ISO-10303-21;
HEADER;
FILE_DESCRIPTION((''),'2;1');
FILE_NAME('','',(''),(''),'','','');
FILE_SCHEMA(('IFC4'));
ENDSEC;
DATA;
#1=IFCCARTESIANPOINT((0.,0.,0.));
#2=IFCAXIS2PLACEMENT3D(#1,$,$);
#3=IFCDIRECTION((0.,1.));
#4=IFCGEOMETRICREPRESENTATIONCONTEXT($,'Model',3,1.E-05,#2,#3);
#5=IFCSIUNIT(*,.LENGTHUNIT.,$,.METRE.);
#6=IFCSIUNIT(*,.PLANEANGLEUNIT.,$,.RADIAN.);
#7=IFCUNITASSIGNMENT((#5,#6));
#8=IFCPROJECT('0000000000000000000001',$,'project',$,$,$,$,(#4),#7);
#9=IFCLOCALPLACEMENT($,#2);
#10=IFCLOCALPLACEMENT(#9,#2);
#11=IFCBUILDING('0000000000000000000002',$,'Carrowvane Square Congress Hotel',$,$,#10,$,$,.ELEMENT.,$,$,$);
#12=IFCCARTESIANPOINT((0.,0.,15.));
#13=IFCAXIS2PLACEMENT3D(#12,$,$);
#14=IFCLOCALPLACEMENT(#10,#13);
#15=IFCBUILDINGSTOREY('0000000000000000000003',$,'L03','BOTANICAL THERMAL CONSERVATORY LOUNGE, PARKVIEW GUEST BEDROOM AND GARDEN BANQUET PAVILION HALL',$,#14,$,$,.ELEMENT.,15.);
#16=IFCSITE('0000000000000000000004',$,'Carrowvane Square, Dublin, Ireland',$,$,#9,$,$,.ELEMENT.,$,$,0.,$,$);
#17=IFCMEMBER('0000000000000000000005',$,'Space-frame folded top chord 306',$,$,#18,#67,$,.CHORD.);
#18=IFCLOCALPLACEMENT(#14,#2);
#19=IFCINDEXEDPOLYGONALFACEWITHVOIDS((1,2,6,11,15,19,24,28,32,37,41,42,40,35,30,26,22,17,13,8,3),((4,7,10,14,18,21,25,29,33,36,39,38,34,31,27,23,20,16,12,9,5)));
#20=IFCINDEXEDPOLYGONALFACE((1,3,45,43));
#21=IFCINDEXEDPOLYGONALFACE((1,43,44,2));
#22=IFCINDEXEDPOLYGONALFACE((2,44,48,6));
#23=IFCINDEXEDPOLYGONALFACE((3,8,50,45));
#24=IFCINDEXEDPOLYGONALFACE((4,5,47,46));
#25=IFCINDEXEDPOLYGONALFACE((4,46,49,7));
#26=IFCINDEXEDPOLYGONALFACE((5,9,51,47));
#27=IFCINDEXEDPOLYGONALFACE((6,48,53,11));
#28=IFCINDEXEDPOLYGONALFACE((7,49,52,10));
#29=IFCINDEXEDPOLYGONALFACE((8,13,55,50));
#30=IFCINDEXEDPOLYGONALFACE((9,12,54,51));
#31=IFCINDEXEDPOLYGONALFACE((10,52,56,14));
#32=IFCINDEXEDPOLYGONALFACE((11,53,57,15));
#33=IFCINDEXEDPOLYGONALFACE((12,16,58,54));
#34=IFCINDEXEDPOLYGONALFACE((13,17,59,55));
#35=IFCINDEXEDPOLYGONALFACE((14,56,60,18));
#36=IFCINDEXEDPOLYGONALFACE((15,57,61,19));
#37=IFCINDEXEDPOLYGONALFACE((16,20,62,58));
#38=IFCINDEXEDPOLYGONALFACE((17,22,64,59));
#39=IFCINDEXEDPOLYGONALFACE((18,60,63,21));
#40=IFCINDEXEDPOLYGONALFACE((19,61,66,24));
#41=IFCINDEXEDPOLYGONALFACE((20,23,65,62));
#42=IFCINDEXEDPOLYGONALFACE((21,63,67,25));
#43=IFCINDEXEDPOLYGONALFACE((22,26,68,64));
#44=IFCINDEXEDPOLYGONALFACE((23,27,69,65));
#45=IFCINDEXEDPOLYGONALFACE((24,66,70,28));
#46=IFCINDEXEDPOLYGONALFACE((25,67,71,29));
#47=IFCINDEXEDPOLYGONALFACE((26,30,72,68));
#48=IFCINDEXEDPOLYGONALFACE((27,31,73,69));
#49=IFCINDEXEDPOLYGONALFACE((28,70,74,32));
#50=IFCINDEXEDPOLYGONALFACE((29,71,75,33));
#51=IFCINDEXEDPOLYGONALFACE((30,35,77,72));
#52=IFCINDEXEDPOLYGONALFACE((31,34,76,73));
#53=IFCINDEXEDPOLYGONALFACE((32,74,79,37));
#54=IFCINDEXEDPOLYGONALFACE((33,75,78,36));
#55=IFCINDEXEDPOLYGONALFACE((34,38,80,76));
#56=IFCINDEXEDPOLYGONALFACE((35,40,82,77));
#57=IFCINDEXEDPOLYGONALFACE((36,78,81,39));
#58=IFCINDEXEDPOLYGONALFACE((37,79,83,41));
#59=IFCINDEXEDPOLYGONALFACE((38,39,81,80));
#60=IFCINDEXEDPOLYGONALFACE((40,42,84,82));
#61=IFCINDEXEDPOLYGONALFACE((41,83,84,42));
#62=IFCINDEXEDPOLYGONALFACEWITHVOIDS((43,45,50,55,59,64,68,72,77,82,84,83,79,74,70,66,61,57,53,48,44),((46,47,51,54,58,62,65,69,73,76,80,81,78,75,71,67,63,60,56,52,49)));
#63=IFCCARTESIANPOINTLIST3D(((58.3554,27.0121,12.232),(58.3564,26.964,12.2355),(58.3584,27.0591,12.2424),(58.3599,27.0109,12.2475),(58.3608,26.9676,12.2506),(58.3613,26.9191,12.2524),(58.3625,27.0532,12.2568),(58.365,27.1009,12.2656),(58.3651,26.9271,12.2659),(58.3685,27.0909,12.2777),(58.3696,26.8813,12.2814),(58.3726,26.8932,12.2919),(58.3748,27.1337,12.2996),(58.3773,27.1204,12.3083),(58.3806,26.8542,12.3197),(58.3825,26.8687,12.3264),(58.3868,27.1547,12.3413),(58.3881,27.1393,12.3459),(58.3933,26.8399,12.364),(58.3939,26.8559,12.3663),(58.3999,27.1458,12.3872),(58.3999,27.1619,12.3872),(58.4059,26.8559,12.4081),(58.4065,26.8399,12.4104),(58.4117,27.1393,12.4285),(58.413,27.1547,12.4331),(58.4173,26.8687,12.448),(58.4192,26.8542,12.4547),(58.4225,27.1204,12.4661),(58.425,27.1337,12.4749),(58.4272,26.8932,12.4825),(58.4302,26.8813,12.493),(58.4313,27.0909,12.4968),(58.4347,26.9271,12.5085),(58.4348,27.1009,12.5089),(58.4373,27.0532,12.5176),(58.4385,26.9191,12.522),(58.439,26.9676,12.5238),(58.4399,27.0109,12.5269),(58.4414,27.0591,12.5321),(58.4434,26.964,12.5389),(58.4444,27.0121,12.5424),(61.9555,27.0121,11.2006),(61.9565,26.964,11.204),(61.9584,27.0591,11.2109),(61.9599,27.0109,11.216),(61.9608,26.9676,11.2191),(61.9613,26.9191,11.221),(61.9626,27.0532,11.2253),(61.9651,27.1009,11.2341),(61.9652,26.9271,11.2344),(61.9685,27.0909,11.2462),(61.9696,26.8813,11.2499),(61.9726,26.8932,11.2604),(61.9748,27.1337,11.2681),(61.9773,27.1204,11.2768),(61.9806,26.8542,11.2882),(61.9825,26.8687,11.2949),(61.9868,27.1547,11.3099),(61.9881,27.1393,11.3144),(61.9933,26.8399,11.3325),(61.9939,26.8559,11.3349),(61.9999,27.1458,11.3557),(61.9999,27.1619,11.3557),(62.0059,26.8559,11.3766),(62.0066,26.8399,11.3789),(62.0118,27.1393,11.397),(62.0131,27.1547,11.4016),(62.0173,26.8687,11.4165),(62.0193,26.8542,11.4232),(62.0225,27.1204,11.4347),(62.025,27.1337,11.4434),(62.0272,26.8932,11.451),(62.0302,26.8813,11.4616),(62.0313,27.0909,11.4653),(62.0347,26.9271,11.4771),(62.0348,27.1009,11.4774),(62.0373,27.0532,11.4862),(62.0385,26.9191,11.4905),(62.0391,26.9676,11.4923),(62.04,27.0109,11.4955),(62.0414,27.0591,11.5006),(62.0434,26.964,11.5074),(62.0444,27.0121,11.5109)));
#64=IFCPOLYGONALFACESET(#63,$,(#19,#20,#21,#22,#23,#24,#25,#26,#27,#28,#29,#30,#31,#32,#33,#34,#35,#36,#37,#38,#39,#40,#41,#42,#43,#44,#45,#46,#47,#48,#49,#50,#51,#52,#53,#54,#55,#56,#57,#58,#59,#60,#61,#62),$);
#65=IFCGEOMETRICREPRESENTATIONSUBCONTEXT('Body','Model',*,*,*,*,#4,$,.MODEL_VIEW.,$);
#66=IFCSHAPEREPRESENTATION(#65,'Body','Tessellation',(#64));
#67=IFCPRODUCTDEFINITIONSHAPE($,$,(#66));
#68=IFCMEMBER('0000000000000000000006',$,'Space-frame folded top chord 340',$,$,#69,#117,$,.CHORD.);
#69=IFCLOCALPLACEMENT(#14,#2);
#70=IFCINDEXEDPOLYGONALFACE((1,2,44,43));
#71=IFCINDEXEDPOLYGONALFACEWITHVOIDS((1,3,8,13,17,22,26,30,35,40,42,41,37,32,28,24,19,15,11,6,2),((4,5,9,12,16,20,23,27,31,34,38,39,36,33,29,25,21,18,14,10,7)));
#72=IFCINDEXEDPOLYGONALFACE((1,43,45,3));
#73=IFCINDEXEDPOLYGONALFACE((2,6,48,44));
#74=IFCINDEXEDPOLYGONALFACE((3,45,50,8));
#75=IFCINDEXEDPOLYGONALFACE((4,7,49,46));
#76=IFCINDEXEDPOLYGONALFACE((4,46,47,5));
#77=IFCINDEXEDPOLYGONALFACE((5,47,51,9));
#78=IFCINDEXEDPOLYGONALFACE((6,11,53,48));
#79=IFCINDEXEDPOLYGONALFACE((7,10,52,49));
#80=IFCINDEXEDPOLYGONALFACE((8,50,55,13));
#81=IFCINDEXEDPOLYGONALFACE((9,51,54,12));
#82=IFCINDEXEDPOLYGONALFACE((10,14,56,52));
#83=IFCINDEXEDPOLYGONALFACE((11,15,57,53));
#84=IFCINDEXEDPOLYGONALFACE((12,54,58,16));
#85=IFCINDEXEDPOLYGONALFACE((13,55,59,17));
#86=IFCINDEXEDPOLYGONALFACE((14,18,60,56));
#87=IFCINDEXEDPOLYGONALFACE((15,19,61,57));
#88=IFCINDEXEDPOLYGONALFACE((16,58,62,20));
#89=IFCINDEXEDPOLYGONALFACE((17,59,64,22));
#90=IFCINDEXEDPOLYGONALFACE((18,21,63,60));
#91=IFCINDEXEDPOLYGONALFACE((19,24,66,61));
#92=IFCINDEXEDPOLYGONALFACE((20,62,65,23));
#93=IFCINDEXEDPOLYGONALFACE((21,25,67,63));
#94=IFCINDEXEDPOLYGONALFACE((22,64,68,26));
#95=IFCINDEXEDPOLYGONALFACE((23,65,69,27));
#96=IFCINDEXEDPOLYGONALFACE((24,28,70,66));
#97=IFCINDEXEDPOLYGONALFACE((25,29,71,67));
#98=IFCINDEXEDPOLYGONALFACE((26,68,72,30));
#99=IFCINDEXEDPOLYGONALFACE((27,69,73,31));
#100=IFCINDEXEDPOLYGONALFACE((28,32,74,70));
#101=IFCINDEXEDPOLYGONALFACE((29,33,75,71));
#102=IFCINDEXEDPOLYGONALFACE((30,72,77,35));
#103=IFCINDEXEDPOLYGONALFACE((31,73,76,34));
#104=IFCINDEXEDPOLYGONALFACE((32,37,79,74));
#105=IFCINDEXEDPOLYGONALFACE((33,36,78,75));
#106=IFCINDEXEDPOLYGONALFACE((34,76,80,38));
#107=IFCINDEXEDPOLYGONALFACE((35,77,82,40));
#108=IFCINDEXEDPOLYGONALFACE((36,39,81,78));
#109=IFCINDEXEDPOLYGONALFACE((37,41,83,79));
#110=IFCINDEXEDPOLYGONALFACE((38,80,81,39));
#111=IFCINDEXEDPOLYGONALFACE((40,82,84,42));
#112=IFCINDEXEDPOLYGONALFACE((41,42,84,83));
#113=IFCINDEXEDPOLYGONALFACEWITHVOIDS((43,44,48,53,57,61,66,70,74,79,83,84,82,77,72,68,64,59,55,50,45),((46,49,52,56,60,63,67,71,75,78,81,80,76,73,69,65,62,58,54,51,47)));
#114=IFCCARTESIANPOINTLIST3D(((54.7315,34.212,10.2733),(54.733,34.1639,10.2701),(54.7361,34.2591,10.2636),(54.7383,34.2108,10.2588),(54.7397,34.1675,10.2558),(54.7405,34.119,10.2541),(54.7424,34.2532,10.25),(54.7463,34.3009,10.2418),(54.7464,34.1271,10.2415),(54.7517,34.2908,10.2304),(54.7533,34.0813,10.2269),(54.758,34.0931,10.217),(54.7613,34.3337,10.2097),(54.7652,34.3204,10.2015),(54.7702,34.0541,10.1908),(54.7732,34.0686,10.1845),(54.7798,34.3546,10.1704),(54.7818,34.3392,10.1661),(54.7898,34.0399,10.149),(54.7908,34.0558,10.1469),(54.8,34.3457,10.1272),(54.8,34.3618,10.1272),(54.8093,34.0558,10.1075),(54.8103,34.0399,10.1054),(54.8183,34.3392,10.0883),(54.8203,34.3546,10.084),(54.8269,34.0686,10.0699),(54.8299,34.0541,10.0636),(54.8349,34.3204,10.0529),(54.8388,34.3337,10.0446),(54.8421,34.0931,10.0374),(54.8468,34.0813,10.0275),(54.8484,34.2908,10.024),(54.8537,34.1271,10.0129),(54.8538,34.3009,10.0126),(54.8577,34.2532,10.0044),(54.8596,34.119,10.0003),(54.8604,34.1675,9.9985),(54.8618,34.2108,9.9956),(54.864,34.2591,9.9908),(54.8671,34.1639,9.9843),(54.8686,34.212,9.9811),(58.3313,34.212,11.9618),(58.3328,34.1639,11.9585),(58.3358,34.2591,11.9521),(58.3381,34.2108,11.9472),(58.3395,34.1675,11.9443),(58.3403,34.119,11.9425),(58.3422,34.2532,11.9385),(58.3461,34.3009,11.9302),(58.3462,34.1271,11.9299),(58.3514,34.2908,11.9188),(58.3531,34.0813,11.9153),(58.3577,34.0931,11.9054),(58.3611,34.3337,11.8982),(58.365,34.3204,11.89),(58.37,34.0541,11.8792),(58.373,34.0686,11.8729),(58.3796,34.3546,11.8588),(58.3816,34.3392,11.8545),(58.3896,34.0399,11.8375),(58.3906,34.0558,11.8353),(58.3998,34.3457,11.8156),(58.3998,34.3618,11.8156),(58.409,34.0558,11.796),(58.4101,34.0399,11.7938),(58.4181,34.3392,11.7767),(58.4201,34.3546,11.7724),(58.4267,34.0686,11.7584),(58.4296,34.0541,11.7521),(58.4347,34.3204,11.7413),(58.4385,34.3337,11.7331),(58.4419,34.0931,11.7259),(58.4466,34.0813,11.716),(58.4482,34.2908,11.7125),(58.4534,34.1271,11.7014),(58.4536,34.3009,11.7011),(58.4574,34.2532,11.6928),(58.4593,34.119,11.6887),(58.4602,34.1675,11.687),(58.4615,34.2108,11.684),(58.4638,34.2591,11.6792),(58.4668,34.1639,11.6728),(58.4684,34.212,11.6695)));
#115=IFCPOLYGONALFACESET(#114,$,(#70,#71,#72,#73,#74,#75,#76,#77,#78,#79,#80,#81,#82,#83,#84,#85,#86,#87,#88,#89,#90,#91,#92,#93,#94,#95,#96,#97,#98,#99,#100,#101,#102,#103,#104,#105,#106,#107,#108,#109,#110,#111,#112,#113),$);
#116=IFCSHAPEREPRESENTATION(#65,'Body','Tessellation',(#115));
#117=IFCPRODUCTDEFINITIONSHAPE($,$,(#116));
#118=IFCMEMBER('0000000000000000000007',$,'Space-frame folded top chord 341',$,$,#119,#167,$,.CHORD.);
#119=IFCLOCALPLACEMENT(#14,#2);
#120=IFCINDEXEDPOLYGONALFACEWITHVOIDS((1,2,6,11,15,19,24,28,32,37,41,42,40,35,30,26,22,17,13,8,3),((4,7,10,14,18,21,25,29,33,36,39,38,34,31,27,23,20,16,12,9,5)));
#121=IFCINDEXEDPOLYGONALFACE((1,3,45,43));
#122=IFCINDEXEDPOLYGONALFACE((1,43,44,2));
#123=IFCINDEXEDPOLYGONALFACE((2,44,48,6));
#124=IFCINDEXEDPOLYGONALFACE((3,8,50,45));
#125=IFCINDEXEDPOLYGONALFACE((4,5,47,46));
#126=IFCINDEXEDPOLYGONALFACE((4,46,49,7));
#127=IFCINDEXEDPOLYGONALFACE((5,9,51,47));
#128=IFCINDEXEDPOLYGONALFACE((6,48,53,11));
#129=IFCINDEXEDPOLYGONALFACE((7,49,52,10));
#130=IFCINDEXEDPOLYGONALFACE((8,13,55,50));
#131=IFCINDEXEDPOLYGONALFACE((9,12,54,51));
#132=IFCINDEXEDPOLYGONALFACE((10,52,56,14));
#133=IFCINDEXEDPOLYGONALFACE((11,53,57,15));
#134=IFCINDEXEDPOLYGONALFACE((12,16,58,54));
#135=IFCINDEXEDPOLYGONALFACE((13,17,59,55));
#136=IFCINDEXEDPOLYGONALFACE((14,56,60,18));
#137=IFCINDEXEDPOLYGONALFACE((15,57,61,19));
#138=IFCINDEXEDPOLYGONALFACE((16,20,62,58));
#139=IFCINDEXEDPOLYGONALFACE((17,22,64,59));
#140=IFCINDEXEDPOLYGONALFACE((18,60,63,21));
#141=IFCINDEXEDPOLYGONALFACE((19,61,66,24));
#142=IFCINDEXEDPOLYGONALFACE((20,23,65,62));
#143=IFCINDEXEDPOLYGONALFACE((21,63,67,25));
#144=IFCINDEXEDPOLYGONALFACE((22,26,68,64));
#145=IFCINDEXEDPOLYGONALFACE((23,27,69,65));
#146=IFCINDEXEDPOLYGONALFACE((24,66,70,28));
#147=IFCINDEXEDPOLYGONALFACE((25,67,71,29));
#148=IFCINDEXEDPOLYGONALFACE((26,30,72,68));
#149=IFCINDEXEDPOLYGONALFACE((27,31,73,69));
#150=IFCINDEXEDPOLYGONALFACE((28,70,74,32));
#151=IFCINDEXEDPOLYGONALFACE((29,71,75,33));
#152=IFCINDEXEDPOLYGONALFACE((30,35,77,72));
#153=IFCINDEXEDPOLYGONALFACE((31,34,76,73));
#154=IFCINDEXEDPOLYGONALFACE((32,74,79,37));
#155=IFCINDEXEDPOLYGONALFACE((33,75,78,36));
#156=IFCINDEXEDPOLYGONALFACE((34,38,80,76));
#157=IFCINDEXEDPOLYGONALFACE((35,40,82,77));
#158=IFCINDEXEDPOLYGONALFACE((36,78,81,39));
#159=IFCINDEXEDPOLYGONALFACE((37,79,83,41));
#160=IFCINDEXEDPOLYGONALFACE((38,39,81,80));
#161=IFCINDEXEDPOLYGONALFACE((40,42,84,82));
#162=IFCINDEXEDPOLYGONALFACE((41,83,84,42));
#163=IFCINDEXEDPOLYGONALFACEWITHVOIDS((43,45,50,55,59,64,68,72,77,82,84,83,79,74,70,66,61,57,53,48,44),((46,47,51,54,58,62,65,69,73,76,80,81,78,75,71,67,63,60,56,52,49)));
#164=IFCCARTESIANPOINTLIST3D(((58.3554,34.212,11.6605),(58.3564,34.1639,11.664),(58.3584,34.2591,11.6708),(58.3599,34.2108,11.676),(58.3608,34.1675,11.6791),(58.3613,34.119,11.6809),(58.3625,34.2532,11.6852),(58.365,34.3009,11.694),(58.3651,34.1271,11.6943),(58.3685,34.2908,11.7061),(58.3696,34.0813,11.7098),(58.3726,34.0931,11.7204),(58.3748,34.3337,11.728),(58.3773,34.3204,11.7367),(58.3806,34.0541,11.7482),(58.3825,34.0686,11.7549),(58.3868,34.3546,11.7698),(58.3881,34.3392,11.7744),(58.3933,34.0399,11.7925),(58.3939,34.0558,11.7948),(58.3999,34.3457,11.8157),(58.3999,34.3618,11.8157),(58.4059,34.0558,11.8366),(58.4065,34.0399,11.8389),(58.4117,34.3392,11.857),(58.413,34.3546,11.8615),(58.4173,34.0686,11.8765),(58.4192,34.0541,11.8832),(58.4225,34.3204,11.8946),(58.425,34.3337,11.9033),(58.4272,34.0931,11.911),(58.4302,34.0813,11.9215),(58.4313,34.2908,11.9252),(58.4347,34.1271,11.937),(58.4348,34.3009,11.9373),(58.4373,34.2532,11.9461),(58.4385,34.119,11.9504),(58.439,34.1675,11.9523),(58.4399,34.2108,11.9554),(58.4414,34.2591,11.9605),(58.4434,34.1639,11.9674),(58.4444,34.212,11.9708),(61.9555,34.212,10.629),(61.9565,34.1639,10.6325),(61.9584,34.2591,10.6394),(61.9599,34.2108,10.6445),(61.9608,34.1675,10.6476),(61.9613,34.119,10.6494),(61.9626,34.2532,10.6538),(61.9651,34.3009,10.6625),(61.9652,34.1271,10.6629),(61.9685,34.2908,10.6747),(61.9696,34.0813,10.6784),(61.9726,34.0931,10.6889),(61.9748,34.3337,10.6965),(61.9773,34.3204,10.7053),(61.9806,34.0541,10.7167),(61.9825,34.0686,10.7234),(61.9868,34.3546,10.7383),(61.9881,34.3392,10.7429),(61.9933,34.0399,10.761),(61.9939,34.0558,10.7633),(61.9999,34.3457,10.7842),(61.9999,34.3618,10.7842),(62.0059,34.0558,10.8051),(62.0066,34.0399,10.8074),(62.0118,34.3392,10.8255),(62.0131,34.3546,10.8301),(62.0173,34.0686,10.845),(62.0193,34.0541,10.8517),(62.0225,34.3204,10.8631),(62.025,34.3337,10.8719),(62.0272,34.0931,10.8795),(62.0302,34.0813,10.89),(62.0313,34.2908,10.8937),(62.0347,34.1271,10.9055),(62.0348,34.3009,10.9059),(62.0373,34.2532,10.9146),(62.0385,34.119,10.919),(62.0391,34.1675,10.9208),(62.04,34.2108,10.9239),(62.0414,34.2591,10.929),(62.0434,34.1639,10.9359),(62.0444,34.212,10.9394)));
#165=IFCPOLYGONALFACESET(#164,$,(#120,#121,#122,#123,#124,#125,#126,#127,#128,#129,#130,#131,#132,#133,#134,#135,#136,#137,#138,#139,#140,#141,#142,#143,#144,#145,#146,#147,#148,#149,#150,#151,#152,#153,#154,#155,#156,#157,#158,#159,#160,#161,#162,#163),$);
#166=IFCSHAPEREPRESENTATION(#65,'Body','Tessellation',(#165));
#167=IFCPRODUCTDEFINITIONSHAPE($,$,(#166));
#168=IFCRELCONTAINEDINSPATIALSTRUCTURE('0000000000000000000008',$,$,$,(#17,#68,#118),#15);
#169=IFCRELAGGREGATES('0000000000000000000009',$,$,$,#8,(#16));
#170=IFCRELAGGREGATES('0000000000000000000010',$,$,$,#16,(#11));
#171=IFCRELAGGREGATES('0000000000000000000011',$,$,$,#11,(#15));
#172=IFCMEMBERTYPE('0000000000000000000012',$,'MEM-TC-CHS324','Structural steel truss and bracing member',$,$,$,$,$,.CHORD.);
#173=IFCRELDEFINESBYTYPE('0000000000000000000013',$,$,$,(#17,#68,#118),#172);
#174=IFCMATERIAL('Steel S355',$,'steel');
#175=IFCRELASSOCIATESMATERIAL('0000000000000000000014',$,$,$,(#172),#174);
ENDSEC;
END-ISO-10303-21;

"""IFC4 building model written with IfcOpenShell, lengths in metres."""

from ifc_helpers import new_model, si_unit, direction, frame, origin, origin_2d, place, context, subcontext, project, spatial, hollow_circle, extrude, material, material_profile, profile_set, type_object, element, save


model = new_model("IFC4")

# Units and contexts
model_context = context("Model", 3, precision=1e-05, world=origin(), true_north=direction((0.0, 1.0)))
body_context = subcontext(model_context, "Body", "Model", "MODEL_VIEW")
ifc_project = project(units=[si_unit("LENGTHUNIT", "METRE"), si_unit("PLANEANGLEUNIT", "RADIAN")], contexts=[model_context])

# Site, building, storey
site_placement = place(None, origin())
site = spatial("IfcSite", under=ifc_project, at=site_placement, Name="Carrowvane Square, Dublin, Ireland", CompositionType="ELEMENT", RefElevation=0.0)
building_placement = place(site_placement, origin())
building = spatial("IfcBuilding", under=site, at=building_placement, Name="Carrowvane Square Congress Hotel", CompositionType="ELEMENT")
storey_placement = place(building_placement, frame((0.0, 0.0, 15.0)))
storey = spatial("IfcBuildingStorey", under=building, at=storey_placement, Name="L03", Description="BOTANICAL THERMAL CONSERVATORY LOUNGE, PARKVIEW GUEST BEDROOM AND GARDEN BANQUET PAVILION HALL", CompositionType="ELEMENT", Elevation=15.0)

# Members
ifc_material_1 = material(Name="Steel S355", Category="steel")
ifc_material_profile_1 = material_profile(ifc_material_1, hollow_circle(Radius=0.1619, WallThickness=0.0161, at=origin_2d()), Name="CHS 323.9x16")
ifc_profile_set_1 = profile_set([ifc_material_profile_1], Name="Steel S355")
member_type_1 = type_object("IfcMemberType", Name="MEM-TC-CHS324", Description="Structural steel truss and bracing member", PredefinedType="CHORD", material=ifc_profile_set_1)
member_1_placement = place(storey_placement, frame((58.3999, 27.0, 12.3872), z_axis=(0.961319, 0.0, -0.275436), x_axis=(0.0, 1.0, 0.0)))
element("IfcMember", 1, at=member_1_placement, inside=storey, type_object=member_type_1, Name="Space-frame folded top chord 306", PredefinedType="CHORD", context=body_context, shape_type="SweptSolid", body=[
    extrude(hollow_circle(Radius=0.1619, WallThickness=0.0161, at=origin_2d()), origin(), (0.0, 0.0, 1.0), 3.7449),
])
member_2_placement = place(storey_placement, frame((54.8, 34.2, 10.1272), z_axis=(0.905358, 0.0, 0.424649), x_axis=(0.0, 1.0, 0.0)))
element("IfcMember", 2, at=member_2_placement, inside=storey, type_object=member_type_1, Name="Space-frame folded top chord 340", PredefinedType="CHORD", context=body_context, shape_type="SweptSolid", body=[
    extrude(hollow_circle(Radius=0.1619, WallThickness=0.0161, at=origin_2d()), origin(), (0.0, 0.0, 1.0), 3.9761),
])
member_3_placement = place(storey_placement, frame((58.3999, 34.2, 11.8157), z_axis=(0.961319, 0.0, -0.275436), x_axis=(0.0, 1.0, 0.0)))
element("IfcMember", 3, at=member_3_placement, inside=storey, type_object=member_type_1, Name="Space-frame folded top chord 341", PredefinedType="CHORD", context=body_context, shape_type="SweptSolid", body=[
    extrude(hollow_circle(Radius=0.1619, WallThickness=0.0161, at=origin_2d()), origin(), (0.0, 0.0, 1.0), 3.7449),
])

save(model, "model.ifc")
